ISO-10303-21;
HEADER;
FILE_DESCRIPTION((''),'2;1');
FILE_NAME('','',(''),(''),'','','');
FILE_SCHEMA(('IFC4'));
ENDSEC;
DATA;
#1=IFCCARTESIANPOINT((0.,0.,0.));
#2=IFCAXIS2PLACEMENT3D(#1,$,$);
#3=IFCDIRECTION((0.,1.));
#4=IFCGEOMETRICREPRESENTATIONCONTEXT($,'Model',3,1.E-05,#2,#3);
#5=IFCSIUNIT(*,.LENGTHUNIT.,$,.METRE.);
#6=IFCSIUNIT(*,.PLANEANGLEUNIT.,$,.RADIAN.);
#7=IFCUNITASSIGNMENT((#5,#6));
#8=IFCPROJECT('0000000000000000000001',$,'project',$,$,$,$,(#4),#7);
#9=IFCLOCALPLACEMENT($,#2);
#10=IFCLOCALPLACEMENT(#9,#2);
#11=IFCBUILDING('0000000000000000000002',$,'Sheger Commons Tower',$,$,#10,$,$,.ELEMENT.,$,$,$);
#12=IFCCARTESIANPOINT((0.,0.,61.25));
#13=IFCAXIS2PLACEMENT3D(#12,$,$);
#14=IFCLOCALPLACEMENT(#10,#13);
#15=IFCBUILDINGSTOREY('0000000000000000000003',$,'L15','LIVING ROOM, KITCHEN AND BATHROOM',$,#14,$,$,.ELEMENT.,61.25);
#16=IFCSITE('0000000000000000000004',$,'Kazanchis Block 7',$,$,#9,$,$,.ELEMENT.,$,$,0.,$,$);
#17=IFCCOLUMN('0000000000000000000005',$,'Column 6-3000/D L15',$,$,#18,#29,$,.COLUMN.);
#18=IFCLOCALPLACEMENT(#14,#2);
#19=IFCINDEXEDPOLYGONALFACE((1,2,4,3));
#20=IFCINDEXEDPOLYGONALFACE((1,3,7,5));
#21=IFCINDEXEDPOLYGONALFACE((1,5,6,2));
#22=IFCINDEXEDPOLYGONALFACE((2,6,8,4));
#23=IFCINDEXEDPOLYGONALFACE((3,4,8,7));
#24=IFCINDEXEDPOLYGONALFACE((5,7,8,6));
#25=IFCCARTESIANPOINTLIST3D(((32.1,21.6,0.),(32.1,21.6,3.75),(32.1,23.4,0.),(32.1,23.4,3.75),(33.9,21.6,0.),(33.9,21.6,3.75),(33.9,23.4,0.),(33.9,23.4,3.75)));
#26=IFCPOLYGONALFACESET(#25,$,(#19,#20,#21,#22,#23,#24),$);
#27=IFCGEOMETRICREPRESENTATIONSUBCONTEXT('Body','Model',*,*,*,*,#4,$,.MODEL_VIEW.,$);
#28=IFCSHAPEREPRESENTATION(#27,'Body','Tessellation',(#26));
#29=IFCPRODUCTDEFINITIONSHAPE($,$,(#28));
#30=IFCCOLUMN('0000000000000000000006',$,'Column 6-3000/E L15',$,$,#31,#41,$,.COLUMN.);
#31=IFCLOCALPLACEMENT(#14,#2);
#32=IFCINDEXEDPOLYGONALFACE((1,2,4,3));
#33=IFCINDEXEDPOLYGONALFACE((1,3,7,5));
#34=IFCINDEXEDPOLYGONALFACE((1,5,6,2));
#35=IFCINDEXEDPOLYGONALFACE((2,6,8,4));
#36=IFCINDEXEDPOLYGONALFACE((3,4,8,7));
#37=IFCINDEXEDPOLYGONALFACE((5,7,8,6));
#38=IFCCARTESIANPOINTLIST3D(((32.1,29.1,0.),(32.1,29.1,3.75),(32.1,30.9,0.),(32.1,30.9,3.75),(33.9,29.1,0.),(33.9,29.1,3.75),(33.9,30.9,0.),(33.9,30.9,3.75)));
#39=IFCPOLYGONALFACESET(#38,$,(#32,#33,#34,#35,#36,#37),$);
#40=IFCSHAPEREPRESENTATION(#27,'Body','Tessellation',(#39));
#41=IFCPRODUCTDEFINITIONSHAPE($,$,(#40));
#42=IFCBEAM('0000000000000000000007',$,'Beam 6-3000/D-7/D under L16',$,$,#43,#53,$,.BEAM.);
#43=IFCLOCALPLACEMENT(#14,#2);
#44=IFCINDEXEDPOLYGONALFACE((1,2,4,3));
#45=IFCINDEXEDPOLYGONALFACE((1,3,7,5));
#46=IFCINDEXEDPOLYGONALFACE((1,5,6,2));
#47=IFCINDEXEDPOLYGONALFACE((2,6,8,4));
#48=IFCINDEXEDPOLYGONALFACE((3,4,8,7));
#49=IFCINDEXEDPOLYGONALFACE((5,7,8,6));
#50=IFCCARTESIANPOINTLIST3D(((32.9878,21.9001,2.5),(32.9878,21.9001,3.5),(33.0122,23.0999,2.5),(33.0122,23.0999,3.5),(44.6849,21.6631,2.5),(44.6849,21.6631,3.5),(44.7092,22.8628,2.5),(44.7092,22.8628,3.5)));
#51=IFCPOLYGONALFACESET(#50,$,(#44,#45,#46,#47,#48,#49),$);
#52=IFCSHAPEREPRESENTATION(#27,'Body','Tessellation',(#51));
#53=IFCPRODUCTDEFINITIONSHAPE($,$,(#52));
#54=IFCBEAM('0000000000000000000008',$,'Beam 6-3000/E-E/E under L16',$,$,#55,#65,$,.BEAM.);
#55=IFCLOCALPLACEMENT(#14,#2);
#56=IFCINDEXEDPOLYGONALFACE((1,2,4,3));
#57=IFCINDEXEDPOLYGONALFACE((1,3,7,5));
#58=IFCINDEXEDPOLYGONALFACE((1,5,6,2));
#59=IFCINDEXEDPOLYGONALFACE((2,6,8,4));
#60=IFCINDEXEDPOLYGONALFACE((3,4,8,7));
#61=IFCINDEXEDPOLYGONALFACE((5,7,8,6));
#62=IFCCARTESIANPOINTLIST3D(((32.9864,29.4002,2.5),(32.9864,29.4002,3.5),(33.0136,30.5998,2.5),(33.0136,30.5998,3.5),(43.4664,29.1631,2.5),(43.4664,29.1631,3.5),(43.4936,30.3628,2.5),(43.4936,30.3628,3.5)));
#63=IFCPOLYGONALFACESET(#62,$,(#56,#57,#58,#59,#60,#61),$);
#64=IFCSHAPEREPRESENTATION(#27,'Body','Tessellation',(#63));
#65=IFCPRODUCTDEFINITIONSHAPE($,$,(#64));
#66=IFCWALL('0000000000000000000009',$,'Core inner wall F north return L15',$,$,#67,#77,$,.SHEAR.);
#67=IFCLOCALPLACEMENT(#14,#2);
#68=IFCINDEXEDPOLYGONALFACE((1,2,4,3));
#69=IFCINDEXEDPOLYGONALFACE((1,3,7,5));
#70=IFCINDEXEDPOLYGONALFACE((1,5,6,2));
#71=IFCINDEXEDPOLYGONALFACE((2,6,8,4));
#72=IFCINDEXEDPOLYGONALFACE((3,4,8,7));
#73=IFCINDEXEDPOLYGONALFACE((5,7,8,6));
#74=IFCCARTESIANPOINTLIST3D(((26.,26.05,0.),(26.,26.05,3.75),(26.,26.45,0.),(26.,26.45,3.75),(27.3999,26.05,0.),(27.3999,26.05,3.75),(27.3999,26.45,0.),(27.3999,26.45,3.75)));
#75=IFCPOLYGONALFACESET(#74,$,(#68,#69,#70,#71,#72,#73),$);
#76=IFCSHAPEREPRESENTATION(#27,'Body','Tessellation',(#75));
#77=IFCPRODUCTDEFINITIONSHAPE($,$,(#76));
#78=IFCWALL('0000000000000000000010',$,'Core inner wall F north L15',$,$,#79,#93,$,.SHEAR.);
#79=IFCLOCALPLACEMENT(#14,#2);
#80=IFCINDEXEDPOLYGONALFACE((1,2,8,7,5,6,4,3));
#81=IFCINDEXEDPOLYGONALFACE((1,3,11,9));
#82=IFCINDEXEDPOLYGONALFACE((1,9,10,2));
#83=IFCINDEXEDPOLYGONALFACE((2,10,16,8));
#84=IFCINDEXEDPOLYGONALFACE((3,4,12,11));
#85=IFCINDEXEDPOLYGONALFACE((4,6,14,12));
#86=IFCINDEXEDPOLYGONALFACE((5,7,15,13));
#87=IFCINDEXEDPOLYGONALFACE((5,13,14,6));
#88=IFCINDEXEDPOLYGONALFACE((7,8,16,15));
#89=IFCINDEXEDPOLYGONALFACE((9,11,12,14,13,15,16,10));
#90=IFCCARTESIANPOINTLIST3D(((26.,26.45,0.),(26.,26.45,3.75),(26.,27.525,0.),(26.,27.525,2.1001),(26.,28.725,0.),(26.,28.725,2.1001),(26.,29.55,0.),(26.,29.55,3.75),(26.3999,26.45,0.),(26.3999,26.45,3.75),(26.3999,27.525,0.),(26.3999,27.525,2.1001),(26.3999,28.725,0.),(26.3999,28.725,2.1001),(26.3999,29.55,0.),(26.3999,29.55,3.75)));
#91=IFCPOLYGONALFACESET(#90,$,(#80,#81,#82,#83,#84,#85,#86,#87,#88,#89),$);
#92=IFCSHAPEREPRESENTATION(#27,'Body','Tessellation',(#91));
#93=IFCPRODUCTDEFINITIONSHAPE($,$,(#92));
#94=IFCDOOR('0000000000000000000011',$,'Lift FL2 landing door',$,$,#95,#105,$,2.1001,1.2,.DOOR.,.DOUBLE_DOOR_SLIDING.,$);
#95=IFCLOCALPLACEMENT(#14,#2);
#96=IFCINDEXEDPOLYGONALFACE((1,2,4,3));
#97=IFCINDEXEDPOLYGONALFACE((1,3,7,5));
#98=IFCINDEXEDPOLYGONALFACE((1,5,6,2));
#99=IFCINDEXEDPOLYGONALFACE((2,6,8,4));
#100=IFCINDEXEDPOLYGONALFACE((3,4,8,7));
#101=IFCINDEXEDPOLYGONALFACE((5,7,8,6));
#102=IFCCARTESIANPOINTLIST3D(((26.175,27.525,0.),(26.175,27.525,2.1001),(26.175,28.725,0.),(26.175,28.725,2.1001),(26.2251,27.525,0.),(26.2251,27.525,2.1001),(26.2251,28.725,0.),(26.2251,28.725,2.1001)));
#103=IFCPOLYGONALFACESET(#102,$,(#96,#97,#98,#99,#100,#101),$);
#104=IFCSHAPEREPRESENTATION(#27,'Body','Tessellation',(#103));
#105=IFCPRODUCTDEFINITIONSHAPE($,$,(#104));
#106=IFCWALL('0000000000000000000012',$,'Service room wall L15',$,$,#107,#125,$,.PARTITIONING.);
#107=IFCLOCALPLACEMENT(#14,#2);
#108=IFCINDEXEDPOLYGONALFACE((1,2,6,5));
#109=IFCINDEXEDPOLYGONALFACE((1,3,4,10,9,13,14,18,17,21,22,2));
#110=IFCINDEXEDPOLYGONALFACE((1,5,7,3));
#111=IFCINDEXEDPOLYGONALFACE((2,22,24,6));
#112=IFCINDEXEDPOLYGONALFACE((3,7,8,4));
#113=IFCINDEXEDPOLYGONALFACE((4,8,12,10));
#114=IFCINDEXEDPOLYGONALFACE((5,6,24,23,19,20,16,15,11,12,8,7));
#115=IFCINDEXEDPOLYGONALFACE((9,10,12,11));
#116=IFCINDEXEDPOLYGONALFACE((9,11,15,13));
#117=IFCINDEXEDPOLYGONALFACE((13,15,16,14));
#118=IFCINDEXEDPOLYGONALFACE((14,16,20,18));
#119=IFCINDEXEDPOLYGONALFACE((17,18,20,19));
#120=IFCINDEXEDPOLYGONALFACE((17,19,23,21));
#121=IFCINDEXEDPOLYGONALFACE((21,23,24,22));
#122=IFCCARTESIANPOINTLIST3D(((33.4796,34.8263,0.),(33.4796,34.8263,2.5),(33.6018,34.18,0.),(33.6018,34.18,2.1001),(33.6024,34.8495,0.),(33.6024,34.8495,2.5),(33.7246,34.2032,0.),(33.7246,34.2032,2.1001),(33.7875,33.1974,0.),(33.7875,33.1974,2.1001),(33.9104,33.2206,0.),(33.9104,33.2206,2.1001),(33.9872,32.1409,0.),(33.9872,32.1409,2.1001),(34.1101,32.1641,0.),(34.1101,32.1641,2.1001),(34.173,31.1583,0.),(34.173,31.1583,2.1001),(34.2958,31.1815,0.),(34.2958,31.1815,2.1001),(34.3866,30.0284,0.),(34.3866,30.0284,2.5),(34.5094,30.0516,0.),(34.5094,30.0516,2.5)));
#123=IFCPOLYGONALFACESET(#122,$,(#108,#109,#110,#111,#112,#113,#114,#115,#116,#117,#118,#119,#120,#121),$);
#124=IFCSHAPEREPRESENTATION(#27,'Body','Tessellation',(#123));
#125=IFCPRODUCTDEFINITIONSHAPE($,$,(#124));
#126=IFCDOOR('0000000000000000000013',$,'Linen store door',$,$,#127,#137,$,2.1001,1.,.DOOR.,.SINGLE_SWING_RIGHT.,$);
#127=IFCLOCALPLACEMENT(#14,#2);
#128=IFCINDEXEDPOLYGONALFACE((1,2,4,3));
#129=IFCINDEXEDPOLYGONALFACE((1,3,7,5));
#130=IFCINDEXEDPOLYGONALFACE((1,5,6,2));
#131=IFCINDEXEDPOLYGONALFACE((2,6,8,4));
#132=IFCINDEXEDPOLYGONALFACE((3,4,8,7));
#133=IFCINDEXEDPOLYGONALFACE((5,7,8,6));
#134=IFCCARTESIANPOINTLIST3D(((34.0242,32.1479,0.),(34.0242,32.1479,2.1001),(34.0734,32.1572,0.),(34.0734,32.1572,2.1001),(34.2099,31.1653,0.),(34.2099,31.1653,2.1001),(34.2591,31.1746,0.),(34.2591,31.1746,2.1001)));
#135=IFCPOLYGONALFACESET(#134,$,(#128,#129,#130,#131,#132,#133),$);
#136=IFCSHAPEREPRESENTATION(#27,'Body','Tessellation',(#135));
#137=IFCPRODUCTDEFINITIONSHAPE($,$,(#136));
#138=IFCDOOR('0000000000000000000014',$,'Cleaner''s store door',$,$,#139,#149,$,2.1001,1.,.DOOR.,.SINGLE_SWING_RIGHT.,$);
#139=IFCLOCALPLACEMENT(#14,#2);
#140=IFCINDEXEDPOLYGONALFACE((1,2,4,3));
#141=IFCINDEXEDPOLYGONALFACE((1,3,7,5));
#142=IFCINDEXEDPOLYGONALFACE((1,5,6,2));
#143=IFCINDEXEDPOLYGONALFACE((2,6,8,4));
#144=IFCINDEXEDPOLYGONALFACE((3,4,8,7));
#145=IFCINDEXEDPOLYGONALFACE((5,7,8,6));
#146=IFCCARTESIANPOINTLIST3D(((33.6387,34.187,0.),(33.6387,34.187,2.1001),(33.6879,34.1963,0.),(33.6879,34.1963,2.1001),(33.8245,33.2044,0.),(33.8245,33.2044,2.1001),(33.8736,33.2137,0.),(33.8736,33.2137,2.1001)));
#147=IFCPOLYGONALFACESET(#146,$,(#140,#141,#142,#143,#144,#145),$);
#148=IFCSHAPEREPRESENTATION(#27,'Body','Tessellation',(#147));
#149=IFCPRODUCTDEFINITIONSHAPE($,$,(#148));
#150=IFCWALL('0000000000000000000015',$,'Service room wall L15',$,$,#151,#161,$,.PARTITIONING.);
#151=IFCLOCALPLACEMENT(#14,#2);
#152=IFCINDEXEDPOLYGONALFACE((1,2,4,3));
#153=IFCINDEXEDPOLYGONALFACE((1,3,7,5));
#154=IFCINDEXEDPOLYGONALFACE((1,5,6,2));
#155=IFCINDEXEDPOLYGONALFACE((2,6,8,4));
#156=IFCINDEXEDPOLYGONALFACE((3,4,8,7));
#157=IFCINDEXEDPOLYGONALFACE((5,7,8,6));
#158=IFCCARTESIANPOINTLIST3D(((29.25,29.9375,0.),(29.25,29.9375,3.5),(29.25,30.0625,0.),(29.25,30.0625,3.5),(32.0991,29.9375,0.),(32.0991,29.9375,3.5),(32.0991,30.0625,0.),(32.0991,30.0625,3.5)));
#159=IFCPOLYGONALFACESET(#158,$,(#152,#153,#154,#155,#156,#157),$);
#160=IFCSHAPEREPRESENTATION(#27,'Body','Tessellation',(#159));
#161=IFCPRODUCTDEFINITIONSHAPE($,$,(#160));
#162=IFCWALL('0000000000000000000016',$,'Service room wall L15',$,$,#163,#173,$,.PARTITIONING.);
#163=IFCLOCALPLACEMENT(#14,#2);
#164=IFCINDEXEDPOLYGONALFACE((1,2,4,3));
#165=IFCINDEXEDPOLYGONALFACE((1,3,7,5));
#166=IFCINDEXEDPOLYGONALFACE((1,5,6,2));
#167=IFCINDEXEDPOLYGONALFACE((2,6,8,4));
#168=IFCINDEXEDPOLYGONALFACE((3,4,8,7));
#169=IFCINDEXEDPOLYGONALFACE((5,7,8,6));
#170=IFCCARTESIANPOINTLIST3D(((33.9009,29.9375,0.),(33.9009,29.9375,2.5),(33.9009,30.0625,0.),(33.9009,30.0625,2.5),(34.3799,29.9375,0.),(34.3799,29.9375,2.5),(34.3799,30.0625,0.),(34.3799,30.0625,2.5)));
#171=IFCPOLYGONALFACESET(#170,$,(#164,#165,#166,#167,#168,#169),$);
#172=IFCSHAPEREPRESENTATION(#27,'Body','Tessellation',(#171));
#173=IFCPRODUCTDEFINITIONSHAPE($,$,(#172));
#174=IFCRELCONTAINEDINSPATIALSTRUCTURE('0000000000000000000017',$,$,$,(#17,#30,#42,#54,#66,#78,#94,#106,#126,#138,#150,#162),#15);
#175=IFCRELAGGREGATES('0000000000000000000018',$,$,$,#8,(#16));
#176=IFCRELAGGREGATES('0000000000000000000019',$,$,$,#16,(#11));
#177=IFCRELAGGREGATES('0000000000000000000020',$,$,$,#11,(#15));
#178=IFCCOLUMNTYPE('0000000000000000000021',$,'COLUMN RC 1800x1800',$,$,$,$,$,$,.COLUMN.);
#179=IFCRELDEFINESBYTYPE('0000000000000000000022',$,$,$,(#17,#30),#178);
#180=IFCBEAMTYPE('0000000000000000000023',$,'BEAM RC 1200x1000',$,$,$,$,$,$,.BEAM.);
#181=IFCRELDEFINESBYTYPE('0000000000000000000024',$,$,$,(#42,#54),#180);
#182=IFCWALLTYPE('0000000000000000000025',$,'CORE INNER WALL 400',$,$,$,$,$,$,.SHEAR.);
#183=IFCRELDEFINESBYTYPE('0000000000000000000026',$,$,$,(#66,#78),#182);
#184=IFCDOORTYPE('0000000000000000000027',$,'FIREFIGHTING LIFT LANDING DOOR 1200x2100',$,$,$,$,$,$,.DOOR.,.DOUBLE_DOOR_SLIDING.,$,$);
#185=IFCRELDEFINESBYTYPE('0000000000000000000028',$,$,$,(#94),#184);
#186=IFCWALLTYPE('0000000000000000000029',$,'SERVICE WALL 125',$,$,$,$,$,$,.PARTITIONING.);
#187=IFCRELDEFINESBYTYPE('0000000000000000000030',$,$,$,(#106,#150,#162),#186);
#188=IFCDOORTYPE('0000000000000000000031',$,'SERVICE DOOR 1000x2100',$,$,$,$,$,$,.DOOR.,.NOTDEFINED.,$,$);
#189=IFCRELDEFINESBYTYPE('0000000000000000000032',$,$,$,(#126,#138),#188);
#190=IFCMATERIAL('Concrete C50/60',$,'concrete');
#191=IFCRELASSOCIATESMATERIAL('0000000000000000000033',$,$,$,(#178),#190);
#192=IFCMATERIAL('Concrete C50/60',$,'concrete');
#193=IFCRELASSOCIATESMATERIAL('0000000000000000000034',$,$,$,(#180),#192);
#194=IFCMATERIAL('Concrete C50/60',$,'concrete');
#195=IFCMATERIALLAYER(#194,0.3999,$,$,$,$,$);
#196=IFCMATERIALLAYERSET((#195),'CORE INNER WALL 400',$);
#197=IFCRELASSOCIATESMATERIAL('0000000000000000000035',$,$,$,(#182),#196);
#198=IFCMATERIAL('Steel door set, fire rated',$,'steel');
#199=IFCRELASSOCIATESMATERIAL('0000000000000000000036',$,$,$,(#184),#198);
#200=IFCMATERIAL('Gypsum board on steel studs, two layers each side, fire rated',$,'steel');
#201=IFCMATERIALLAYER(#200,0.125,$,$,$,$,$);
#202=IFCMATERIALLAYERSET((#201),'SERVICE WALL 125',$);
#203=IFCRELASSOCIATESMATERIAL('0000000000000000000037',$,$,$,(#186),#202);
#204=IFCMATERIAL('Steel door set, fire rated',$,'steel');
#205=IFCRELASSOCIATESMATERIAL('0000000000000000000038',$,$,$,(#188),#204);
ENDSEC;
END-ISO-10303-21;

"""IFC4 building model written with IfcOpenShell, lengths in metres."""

from ifc_helpers import new_model, si_unit, direction, frame, frame_2d, origin, origin_2d, place, context, subcontext, project, spatial, rectangle, extrude, material, layer, layer_set, material_profile, profile_set, type_object, element, fill, save


model = new_model("IFC4")

# Units and contexts
model_context = context("Model", 3, precision=1e-05, world=origin(), true_north=direction((0.0, 1.0)))
body_context = subcontext(model_context, "Body", "Model", "MODEL_VIEW")
ifc_project = project(units=[si_unit("LENGTHUNIT", "METRE"), si_unit("PLANEANGLEUNIT", "RADIAN")], contexts=[model_context])

# Site, building, storey
site_placement = place(None, origin())
site = spatial("IfcSite", under=ifc_project, at=site_placement, Name="Kazanchis Block 7", CompositionType="ELEMENT", RefElevation=0.0)
building_placement = place(site_placement, origin())
building = spatial("IfcBuilding", under=site, at=building_placement, Name="Sheger Commons Tower", CompositionType="ELEMENT")
storey_placement = place(building_placement, frame((0.0, 0.0, 61.25)))
storey = spatial("IfcBuildingStorey", under=building, at=storey_placement, Name="L15", Description="LIVING ROOM, KITCHEN AND BATHROOM", CompositionType="ELEMENT", Elevation=61.25)

# Columns
ifc_material_1 = material(Name="Concrete C50/60", Category="concrete")
ifc_material_profile_1 = material_profile(ifc_material_1, rectangle(XDim=1.8, YDim=1.8, at=origin_2d()), Name="RC 1800x1800")
ifc_profile_set_1 = profile_set([ifc_material_profile_1], Name="Concrete C50/60")
column_type = type_object("IfcColumnType", Name="COLUMN RC 1800x1800", PredefinedType="COLUMN", material=ifc_profile_set_1)
for number, where, z_axis, x_axis, name in (
    (1, (33.0, 22.5, 0.0), (0.0, 0.0, 1.0), (1.0, 0.0, 0.0), "Column 6-3000/D L15"),
    (2, (33.0, 30.0, 0.0), (0.0, 0.0, 1.0), (1.0, 0.0, 0.0), "Column 6-3000/E L15"),
):
    element("IfcColumn", number, at=place(storey_placement, frame(where, z_axis=z_axis, x_axis=x_axis)), inside=storey, type_object=column_type, Name=name, PredefinedType="COLUMN", context=body_context, shape_type="SweptSolid", body=[
        extrude(rectangle(XDim=1.8, YDim=1.8, at=origin_2d()), origin(), (0.0, 0.0, 1.0), 3.75),
    ])

# Beams
ifc_material_2 = material(Name="Concrete C50/60", Category="concrete")
ifc_material_profile_2 = material_profile(ifc_material_2, rectangle(XDim=1.2, YDim=1.0, at=origin_2d()), Name="RC 1200x1000")
ifc_profile_set_2 = profile_set([ifc_material_profile_2], Name="Concrete C50/60")
beam_type = type_object("IfcBeamType", Name="BEAM RC 1200x1000", PredefinedType="BEAM", material=ifc_profile_set_2)
beam_1_placement = place(storey_placement, frame((33.0, 22.5, 3.0), z_axis=(0.999795, -0.020263, 0.0), x_axis=(0.020263, 0.999795, 0.0)))
element("IfcBeam", 3, at=beam_1_placement, inside=storey, type_object=beam_type, Name="Beam 6-3000/D-7/D under L16", PredefinedType="BEAM", context=body_context, shape_type="SweptSolid", body=[
    extrude(rectangle(XDim=1.2, YDim=1.0, at=origin_2d()), origin(), (0.0, 0.0, 1.0), 11.6995),
])
beam_2_placement = place(storey_placement, frame((33.0, 30.0, 3.0), z_axis=(0.999744, -0.022615, 0.0), x_axis=(0.022615, 0.999744, 0.0)))
element("IfcBeam", 4, at=beam_2_placement, inside=storey, type_object=beam_type, Name="Beam 6-3000/E-E/E under L16", PredefinedType="BEAM", context=body_context, shape_type="SweptSolid", body=[
    extrude(rectangle(XDim=1.2, YDim=1.0, at=origin_2d()), origin(), (0.0, 0.0, 1.0), 10.4827),
])

# Wall
ifc_material_3 = material(Name="Concrete C50/60", Category="concrete")
ifc_layer_1 = layer(ifc_material_3, 0.3999)
ifc_layer_set_1 = layer_set([ifc_layer_1], Name="CORE INNER WALL 400")
wall_type_1 = type_object("IfcWallType", Name="CORE INNER WALL 400", PredefinedType="SHEAR", material=ifc_layer_set_1)
wall_1_placement = place(storey_placement, frame((26.0, 26.25, 0.0), z_axis=(0.0, 0.0, 1.0), x_axis=(1.0, 0.0, 0.0)))
element("IfcWall", 5, at=wall_1_placement, inside=storey, type_object=wall_type_1, Name="Core inner wall F north return L15", PredefinedType="SHEAR", context=body_context, shape_type="SweptSolid", body=[
    extrude(rectangle(XDim=1.3999, YDim=0.3999, at=frame_2d((0.7, 0.0))), origin(), (0.0, 0.0, 1.0), 3.75),
])

# Wall, opening, door
wall_2_placement = place(storey_placement, frame((26.2, 26.45, 0.0), z_axis=(0.0, 0.0, 1.0), x_axis=(0.0, 1.0, 0.0)))
wall_2 = element("IfcWall", 6, at=wall_2_placement, inside=storey, type_object=wall_type_1, Name="Core inner wall F north L15", PredefinedType="SHEAR", context=body_context, shape_type="SweptSolid", body=[
    extrude(rectangle(XDim=3.1001, YDim=0.3999, at=frame_2d((1.55, 0.0))), origin(), (0.0, 0.0, 1.0), 3.75),
])
opening_1_placement = place(wall_2_placement, frame((1.075, 0.0, 0.0)))
opening_1 = element("IfcOpeningElement", 7, at=opening_1_placement, cuts=wall_2, PredefinedType="OPENING", context=body_context, shape_type="SweptSolid", body=[
    extrude(rectangle(XDim=1.2, YDim=2.1001, at=frame_2d((0.6001, 1.05))), frame((0.0, 0.21, 0.0), z_axis=(0.0, -1.0, 0.0), x_axis=(1.0, 0.0, 0.0)), (0.0, 0.0, 1.0), 0.4199),
])
ifc_material_4 = material(Name="Steel door set, fire rated", Category="steel")
door_type_1 = type_object("IfcDoorType", Name="FIREFIGHTING LIFT LANDING DOOR 1200x2100", OperationType="DOUBLE_DOOR_SLIDING", PredefinedType="DOOR", material=ifc_material_4)
door_1_placement = place(opening_1_placement, origin())
door_1 = element("IfcDoor", 8, at=door_1_placement, inside=storey, type_object=door_type_1, Name="Lift FL2 landing door", OperationType="DOUBLE_DOOR_SLIDING", OverallHeight=2.1001, OverallWidth=1.2, PredefinedType="DOOR", context=body_context, shape_type="SweptSolid", body=[
    extrude(rectangle(XDim=1.2, YDim=2.1001, at=frame_2d((0.6001, 1.05))), frame((0.0, 0.0249, 0.0), z_axis=(0.0, -1.0, 0.0), x_axis=(1.0, 0.0, 0.0)), (0.0, 0.0, 1.0), 0.05),
])
fill(opening_1, door_1)

# Wall, openings, doors
ifc_material_5 = material(Name="Gypsum board on steel studs, two layers each side, fire rated", Category="steel")
ifc_layer_2 = layer(ifc_material_5, 0.125)
ifc_layer_set_2 = layer_set([ifc_layer_2], Name="SERVICE WALL 125")
wall_type_2 = type_object("IfcWallType", Name="SERVICE WALL 125", PredefinedType="PARTITIONING", material=ifc_layer_set_2)
wall_3_placement = place(storey_placement, frame((34.448, 30.04, 0.0), z_axis=(0.0, 0.0, 1.0), x_axis=(-0.185749, 0.982597, 0.0)))
wall_3 = element("IfcWall", 9, at=wall_3_placement, inside=storey, type_object=wall_type_2, Name="Service room wall L15", PredefinedType="PARTITIONING", context=body_context, shape_type="SweptSolid", body=[
    extrude(rectangle(XDim=4.8828, YDim=0.125, at=frame_2d((2.4414, 0.0))), origin(), (0.0, 0.0, 1.0), 2.5),
])
opening_2_placement = place(wall_3_placement, frame((1.1499, 0.0, 0.0)))
opening_2 = element("IfcOpeningElement", 10, at=opening_2_placement, cuts=wall_3, PredefinedType="OPENING", context=body_context, shape_type="SweptSolid", body=[
    extrude(rectangle(XDim=1.0, YDim=2.1001, at=frame_2d((0.5, 1.05))), frame((0.0, 0.0725, 0.0), z_axis=(0.0, -1.0, 0.0), x_axis=(1.0, 0.0, 0.0)), (0.0, 0.0, 1.0), 0.145),
])
opening_3_placement = place(wall_3_placement, frame((3.2251, 0.0, 0.0)))
opening_3 = element("IfcOpeningElement", 11, at=opening_3_placement, cuts=wall_3, PredefinedType="OPENING", context=body_context, shape_type="SweptSolid", body=[
    extrude(rectangle(XDim=1.0, YDim=2.1001, at=frame_2d((0.5, 1.05))), frame((0.0, 0.0725, 0.0), z_axis=(0.0, -1.0, 0.0), x_axis=(1.0, 0.0, 0.0)), (0.0, 0.0, 1.0), 0.145),
])
ifc_material_6 = material(Name="Steel door set, fire rated", Category="steel")
door_type_2 = type_object("IfcDoorType", Name="SERVICE DOOR 1000x2100", OperationType="NOTDEFINED", PredefinedType="DOOR", material=ifc_material_6)
door_2_placement = place(opening_2_placement, origin())
door_2 = element("IfcDoor", 12, at=door_2_placement, inside=storey, type_object=door_type_2, Name="Linen store door", OperationType="SINGLE_SWING_RIGHT", OverallHeight=2.1001, OverallWidth=1.0, PredefinedType="DOOR", context=body_context, shape_type="SweptSolid", body=[
    extrude(rectangle(XDim=1.0, YDim=2.1001, at=frame_2d((0.5, 1.05))), frame((0.0, 0.0249, 0.0), z_axis=(0.0, -1.0, 0.0), x_axis=(1.0, 0.0, 0.0)), (0.0, 0.0, 1.0), 0.05),
])
fill(opening_2, door_2)
door_3_placement = place(opening_3_placement, origin())
door_3 = element("IfcDoor", 13, at=door_3_placement, inside=storey, type_object=door_type_2, Name="Cleaner's store door", OperationType="SINGLE_SWING_RIGHT", OverallHeight=2.1001, OverallWidth=1.0, PredefinedType="DOOR", context=body_context, shape_type="SweptSolid", body=[
    extrude(rectangle(XDim=1.0, YDim=2.1001, at=frame_2d((0.5, 1.05))), frame((0.0, 0.0249, 0.0), z_axis=(0.0, -1.0, 0.0), x_axis=(1.0, 0.0, 0.0)), (0.0, 0.0, 1.0), 0.05),
])
fill(opening_3, door_3)

# Walls
wall_4_placement = place(storey_placement, frame((29.25, 30.0, 0.0), z_axis=(0.0, 0.0, 1.0), x_axis=(1.0, 0.0, 0.0)))
element("IfcWall", 14, at=wall_4_placement, inside=storey, type_object=wall_type_2, Name="Service room wall L15", PredefinedType="PARTITIONING", context=body_context, shape_type="SweptSolid", body=[
    extrude(rectangle(XDim=2.8491, YDim=0.125, at=frame_2d((1.4246, 0.0))), origin(), (0.0, 0.0, 1.0), 3.5),
])
wall_5_placement = place(storey_placement, frame((33.9009, 30.0, 0.0), z_axis=(0.0, 0.0, 1.0), x_axis=(1.0, 0.0, 0.0)))
element("IfcWall", 15, at=wall_5_placement, inside=storey, type_object=wall_type_2, Name="Service room wall L15", PredefinedType="PARTITIONING", context=body_context, shape_type="SweptSolid", body=[
    extrude(rectangle(XDim=0.479, YDim=0.125, at=frame_2d((0.2395, 0.0))), origin(), (0.0, 0.0, 1.0), 2.5),
])

save(model, "model.ifc")
